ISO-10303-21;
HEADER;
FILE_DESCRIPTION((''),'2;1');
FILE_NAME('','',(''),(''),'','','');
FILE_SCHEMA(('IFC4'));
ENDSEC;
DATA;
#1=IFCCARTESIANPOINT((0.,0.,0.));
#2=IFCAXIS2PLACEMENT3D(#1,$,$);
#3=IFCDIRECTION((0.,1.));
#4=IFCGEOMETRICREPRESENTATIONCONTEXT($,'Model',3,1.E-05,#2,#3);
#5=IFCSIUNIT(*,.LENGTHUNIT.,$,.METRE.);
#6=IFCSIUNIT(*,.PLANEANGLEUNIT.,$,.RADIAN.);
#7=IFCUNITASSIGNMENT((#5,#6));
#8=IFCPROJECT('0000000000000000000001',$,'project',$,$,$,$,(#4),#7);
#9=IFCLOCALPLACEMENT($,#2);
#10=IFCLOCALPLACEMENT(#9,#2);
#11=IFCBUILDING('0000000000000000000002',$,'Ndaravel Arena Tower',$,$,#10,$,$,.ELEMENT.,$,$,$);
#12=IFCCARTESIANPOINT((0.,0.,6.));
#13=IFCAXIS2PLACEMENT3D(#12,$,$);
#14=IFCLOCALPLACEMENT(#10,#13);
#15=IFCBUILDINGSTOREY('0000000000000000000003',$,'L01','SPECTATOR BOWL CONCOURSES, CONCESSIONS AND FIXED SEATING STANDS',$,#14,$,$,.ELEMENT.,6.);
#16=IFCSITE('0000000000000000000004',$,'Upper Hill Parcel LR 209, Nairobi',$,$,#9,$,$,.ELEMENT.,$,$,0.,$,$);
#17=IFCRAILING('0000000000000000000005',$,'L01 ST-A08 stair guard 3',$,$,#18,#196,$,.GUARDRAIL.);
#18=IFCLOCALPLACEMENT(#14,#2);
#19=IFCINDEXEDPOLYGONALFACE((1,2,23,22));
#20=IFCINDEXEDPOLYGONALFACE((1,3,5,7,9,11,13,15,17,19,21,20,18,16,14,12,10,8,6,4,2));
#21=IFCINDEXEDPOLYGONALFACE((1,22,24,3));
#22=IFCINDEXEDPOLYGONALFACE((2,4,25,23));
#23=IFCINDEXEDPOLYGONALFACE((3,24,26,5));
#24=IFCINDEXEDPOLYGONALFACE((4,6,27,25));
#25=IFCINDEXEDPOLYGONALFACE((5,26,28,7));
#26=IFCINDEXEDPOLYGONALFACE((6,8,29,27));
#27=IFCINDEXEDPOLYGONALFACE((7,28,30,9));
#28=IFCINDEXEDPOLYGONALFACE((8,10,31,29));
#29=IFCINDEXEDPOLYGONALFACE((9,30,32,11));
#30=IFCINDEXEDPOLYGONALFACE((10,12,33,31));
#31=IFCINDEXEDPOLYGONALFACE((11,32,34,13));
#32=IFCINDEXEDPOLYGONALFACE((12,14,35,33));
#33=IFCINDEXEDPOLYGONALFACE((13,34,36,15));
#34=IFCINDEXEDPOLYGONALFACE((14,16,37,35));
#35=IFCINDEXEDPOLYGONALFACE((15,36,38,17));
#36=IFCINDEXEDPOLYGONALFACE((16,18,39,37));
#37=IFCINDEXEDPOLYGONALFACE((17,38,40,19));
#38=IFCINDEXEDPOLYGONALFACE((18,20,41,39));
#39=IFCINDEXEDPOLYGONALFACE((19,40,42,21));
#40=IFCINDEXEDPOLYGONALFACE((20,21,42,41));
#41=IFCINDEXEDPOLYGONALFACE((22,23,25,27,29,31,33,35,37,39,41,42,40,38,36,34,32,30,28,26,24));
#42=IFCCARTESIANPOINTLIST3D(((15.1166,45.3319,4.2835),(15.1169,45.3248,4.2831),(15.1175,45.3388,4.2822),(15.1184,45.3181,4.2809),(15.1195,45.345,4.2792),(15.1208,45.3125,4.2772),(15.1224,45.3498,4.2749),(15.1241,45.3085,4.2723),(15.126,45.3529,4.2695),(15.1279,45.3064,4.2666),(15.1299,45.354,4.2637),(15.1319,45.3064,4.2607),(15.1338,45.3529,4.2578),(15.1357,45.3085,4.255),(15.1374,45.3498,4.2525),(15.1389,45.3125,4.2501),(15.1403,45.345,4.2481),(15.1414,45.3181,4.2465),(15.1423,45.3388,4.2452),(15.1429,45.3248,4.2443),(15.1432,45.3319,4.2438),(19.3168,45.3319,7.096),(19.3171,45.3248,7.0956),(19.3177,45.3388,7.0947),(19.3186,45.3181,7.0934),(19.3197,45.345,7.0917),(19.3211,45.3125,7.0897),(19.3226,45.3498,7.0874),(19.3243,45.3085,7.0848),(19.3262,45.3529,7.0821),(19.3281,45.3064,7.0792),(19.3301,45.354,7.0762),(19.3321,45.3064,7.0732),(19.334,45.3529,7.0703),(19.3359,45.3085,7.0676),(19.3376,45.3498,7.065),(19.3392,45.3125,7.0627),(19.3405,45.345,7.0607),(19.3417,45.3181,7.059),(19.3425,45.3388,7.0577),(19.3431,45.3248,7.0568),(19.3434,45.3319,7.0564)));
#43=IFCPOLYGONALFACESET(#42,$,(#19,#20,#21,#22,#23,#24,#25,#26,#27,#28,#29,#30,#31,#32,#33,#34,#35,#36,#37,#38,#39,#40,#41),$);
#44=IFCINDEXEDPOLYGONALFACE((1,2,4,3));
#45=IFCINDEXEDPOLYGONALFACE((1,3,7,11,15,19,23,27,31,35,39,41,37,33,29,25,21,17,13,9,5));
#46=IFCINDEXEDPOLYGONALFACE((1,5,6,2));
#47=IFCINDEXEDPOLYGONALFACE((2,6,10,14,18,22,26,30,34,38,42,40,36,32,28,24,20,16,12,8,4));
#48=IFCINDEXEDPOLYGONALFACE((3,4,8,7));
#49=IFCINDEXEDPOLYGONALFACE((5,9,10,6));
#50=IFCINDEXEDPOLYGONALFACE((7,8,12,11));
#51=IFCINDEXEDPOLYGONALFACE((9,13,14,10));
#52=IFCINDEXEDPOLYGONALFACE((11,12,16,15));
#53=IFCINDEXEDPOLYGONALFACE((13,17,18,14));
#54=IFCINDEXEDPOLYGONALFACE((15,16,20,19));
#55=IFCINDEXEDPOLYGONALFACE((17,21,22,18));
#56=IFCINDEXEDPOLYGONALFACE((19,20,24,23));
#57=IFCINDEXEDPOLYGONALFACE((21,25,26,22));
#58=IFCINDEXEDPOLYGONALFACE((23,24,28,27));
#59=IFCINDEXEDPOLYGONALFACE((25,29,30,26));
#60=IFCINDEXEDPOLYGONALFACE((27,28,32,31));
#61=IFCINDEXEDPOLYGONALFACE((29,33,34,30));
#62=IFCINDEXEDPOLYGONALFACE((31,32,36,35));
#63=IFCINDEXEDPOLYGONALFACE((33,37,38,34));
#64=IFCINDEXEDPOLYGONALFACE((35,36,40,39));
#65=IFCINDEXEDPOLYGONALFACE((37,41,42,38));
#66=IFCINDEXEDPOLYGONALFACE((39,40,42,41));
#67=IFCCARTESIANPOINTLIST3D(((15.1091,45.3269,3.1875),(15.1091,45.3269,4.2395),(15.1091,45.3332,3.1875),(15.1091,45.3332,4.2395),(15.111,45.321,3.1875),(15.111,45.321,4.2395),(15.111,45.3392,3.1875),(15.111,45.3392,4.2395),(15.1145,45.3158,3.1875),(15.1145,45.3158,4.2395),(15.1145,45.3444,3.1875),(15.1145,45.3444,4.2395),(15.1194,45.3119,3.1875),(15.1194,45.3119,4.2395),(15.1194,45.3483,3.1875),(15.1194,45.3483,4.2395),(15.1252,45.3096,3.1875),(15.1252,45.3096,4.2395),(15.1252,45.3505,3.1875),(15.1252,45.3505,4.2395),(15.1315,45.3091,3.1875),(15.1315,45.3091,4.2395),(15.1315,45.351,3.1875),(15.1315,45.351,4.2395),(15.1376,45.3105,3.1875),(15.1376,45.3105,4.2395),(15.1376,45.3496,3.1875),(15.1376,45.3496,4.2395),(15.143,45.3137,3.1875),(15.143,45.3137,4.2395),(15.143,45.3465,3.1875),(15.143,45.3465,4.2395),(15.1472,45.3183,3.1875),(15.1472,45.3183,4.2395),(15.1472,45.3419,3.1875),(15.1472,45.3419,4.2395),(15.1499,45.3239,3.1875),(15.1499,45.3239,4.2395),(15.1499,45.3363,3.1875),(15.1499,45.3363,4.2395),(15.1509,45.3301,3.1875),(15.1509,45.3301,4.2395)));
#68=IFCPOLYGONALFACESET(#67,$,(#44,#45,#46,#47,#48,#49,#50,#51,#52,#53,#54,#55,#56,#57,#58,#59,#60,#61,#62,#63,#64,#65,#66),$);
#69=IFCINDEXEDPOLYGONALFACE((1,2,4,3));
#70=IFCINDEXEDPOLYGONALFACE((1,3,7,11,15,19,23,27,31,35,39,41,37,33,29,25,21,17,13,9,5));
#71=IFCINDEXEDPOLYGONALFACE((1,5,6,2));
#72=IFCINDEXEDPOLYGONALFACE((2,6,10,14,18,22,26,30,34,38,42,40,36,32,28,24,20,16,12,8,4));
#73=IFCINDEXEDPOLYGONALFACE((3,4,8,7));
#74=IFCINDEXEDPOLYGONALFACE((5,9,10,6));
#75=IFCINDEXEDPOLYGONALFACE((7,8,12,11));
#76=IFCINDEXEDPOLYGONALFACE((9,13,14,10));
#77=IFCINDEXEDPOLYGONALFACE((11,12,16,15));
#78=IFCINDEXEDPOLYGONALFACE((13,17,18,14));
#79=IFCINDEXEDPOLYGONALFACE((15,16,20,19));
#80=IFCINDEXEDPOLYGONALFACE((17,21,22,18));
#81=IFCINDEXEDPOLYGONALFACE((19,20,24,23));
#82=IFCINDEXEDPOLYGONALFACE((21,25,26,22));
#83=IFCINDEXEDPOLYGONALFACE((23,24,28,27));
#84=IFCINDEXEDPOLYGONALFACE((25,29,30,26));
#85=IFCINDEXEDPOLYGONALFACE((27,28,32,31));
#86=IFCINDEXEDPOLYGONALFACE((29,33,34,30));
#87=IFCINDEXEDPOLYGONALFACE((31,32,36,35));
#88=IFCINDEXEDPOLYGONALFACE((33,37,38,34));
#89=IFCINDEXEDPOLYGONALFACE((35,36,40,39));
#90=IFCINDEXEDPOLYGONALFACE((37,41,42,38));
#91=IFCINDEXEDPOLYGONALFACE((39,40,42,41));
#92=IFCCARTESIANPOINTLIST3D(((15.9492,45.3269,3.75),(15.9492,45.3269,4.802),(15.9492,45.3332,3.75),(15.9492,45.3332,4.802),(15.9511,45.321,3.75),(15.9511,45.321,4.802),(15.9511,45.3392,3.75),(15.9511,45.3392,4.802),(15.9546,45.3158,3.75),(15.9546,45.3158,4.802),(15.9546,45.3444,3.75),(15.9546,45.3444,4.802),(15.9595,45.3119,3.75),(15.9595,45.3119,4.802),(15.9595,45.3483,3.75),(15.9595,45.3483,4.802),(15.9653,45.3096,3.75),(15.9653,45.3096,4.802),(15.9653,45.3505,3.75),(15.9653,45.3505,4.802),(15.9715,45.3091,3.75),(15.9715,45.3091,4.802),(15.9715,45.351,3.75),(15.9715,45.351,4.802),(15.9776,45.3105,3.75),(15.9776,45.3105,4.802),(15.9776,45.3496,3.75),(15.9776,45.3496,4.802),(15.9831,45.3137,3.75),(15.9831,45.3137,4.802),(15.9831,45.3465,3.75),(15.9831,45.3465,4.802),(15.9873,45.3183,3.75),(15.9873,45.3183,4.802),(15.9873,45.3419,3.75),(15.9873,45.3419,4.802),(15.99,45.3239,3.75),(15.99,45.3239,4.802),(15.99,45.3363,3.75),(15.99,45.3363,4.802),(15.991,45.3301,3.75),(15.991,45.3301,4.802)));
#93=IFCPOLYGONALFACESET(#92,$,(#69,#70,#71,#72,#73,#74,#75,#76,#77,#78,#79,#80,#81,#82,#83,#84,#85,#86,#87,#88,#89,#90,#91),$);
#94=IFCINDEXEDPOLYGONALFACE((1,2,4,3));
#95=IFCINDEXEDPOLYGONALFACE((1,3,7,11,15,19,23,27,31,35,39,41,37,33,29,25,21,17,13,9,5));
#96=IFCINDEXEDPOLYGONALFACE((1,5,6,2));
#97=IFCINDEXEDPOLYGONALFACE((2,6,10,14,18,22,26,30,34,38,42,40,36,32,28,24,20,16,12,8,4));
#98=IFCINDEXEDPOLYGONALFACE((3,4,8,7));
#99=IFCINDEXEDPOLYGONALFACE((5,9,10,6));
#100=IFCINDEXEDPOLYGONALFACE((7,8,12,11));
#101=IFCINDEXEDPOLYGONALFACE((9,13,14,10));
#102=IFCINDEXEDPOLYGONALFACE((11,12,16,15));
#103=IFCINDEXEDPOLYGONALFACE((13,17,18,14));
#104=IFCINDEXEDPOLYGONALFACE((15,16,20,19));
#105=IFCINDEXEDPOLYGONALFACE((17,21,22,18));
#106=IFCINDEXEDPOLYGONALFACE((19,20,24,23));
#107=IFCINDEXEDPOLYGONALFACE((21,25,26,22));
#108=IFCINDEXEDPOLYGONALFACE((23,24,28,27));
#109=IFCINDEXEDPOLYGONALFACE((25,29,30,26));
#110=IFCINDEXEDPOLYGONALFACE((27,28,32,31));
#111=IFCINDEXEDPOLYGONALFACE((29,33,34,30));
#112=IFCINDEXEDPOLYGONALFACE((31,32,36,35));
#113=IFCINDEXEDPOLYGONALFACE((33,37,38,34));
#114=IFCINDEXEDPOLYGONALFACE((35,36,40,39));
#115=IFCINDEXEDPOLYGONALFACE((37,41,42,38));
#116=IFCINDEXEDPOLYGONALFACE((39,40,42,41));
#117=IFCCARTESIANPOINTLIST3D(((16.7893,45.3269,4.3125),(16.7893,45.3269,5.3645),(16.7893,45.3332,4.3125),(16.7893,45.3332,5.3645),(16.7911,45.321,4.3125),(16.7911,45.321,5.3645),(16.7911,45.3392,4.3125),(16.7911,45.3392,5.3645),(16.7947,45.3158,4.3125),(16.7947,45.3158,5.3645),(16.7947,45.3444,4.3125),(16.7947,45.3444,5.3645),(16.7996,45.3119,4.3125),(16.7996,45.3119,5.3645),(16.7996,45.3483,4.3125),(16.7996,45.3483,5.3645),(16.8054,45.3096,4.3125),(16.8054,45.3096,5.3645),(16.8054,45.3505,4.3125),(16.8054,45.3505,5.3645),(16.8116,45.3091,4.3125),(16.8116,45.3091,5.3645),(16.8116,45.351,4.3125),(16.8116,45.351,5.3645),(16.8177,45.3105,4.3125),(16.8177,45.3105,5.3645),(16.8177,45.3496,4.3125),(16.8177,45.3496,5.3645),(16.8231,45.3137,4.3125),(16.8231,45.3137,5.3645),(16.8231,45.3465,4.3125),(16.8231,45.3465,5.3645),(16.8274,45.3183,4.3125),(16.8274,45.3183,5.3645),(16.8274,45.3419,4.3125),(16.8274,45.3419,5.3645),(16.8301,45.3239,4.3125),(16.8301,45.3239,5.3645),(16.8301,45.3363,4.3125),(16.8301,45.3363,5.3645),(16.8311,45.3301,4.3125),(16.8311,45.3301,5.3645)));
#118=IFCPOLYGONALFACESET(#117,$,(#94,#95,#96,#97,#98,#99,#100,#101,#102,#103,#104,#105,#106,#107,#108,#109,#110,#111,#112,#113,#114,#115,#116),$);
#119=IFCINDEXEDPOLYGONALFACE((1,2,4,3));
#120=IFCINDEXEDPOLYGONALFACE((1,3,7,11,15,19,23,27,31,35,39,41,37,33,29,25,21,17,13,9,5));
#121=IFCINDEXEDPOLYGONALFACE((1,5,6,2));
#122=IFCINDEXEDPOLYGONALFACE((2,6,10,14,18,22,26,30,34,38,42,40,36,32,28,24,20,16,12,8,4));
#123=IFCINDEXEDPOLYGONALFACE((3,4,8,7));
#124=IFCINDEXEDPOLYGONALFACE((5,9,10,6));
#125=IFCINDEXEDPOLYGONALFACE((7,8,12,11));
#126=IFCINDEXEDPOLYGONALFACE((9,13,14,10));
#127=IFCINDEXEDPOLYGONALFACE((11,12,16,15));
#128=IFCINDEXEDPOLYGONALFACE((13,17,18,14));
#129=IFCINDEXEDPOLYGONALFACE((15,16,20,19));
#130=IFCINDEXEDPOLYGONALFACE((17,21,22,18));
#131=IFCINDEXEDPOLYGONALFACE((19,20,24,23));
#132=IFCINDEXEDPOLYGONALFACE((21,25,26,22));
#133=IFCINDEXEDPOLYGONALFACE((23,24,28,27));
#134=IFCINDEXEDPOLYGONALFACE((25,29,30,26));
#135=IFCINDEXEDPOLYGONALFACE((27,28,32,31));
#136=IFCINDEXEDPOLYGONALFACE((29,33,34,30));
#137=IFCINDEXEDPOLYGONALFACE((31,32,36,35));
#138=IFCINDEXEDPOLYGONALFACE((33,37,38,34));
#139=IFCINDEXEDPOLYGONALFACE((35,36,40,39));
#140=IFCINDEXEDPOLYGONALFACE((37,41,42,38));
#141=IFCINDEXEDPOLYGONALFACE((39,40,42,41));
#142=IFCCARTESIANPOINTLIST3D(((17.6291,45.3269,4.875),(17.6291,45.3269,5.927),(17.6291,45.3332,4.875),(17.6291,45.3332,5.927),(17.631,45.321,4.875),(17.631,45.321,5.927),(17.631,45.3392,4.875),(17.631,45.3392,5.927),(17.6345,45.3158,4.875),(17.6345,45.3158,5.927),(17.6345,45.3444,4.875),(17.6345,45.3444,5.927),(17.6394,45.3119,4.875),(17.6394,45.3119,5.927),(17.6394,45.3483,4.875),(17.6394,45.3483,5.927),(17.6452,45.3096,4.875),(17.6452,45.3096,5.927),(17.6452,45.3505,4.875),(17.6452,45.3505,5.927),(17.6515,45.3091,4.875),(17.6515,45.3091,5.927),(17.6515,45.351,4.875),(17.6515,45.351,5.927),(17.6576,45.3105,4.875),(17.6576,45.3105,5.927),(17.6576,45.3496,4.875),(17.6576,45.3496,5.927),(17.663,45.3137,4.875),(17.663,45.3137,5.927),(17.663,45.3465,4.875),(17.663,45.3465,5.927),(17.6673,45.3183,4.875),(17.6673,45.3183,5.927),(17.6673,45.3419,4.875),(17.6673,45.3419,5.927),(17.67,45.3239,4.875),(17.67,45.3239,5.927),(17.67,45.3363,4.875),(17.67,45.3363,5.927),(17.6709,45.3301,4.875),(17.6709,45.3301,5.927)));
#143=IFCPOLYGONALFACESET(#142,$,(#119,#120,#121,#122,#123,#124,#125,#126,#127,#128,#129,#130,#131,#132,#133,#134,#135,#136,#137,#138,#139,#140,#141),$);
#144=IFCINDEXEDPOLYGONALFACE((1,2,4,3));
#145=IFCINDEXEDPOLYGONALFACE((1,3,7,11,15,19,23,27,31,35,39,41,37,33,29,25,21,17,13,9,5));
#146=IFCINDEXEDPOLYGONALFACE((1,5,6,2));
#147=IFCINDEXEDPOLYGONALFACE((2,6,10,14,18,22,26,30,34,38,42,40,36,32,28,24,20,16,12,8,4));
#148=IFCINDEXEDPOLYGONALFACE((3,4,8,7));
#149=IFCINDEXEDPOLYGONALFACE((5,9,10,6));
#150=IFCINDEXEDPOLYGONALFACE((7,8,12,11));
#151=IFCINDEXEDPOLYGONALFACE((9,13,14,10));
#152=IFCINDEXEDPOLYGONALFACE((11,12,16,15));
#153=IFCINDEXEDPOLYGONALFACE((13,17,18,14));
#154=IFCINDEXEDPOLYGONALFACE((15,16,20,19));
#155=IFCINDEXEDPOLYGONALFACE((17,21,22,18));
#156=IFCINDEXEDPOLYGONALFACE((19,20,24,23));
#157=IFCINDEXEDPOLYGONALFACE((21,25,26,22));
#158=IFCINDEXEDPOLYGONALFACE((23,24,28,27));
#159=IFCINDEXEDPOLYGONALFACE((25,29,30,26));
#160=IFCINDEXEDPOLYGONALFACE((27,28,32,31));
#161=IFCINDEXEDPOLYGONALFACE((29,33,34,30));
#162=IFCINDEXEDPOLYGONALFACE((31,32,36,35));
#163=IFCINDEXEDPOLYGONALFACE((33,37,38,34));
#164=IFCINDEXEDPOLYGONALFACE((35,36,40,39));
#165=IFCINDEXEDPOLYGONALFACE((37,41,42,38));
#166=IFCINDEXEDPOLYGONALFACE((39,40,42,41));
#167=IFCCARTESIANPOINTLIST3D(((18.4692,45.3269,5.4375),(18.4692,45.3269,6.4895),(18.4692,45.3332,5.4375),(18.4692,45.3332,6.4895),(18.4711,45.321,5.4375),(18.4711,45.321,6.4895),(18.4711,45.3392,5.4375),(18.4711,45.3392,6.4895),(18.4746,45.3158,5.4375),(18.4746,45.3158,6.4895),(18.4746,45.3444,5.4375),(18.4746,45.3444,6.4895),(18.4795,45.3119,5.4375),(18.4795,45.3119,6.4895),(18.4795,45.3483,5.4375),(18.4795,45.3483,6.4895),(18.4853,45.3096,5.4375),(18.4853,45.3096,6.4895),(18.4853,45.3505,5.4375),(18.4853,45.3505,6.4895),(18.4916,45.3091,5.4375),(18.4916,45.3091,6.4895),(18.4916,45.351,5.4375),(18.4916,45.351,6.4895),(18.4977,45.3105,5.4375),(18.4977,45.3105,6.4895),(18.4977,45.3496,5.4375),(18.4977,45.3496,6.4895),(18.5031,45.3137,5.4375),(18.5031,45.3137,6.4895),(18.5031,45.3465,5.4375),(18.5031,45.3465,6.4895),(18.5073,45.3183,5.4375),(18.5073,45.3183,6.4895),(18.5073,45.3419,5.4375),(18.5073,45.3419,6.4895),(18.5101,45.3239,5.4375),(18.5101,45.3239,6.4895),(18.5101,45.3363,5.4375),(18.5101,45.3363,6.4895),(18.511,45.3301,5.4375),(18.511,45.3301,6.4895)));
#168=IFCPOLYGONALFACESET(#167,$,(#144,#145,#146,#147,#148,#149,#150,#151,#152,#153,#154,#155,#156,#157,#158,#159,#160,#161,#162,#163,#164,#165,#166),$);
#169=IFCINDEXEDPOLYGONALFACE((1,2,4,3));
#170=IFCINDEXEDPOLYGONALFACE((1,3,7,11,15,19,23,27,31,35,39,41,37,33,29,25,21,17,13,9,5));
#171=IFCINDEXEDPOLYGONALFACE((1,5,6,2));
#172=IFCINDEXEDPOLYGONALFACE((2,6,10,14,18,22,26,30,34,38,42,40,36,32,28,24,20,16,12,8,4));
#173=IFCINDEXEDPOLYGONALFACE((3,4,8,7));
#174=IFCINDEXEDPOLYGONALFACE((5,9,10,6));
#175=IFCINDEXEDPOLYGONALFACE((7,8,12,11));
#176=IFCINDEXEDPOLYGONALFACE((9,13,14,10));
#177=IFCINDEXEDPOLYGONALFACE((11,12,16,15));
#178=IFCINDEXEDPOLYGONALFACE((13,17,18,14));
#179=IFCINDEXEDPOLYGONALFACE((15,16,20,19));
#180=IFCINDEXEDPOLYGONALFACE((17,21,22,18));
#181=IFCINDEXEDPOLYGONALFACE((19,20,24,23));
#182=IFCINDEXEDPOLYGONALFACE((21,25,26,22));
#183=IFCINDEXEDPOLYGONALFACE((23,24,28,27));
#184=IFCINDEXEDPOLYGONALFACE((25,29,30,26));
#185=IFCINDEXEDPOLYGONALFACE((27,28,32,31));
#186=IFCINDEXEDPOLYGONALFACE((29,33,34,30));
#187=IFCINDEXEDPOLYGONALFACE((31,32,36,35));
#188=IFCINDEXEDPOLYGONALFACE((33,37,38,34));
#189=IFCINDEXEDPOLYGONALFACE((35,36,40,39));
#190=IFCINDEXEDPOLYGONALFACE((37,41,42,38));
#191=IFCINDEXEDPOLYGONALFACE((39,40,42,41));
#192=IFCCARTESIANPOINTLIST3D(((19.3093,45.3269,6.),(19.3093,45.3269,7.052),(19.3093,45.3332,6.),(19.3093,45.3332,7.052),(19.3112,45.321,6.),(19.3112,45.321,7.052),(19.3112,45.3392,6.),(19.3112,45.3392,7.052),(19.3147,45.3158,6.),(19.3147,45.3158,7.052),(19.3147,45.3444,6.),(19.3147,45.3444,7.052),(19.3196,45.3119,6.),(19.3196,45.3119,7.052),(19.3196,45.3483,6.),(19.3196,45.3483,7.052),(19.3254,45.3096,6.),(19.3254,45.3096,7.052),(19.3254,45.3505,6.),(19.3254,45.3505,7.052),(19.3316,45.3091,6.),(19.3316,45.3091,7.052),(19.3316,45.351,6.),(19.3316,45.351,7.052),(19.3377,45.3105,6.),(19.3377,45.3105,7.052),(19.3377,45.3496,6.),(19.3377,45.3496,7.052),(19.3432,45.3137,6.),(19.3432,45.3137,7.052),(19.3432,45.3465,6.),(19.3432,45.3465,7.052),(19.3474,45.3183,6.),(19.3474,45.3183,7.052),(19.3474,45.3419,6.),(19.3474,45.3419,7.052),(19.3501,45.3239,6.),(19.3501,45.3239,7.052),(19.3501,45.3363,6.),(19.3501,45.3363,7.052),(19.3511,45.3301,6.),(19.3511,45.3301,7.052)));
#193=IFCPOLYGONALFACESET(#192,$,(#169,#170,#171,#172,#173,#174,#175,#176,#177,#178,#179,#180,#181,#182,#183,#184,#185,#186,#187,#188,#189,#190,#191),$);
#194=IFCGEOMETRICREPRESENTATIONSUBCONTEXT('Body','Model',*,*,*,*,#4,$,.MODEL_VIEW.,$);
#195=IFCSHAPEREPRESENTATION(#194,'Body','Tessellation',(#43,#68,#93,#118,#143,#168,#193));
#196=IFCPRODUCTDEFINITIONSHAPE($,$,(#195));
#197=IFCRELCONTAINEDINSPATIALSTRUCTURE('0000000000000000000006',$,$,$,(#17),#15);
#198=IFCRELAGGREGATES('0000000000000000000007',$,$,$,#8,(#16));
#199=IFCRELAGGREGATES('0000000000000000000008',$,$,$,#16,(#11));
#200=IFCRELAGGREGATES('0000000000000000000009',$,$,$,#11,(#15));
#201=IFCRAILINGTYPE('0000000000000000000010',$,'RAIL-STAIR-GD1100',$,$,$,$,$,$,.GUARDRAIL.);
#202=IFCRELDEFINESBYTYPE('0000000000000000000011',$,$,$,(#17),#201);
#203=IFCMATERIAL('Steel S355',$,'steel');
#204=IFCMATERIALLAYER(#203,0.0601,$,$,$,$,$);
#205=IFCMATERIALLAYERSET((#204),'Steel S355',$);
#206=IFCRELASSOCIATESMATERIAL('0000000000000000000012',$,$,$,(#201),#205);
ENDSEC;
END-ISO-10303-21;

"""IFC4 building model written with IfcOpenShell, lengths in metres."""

from ifc_helpers import new_model, si_unit, direction, frame, origin, origin_2d, place, context, subcontext, project, spatial, circle, extrude, material, layer, layer_set, type_object, element, save


model = new_model("IFC4")

# Units and contexts
model_context = context("Model", 3, precision=1e-05, world=origin(), true_north=direction((0.0, 1.0)))
body_context = subcontext(model_context, "Body", "Model", "MODEL_VIEW")
ifc_project = project(units=[si_unit("LENGTHUNIT", "METRE"), si_unit("PLANEANGLEUNIT", "RADIAN")], contexts=[model_context])

# Site, building, storey
site_placement = place(None, origin())
site = spatial("IfcSite", under=ifc_project, at=site_placement, Name="Upper Hill Parcel LR 209, Nairobi", CompositionType="ELEMENT", RefElevation=0.0)
building_placement = place(site_placement, origin())
building = spatial("IfcBuilding", under=site, at=building_placement, Name="Ndaravel Arena Tower", CompositionType="ELEMENT")
storey_placement = place(building_placement, frame((0.0, 0.0, 6.0)))
storey = spatial("IfcBuildingStorey", under=building, at=storey_placement, Name="L01", Description="SPECTATOR BOWL CONCOURSES, CONCESSIONS AND FIXED SEATING STANDS", CompositionType="ELEMENT", Elevation=6.0)

# Railing
ifc_material_1 = material(Name="Steel S355", Category="steel")
ifc_layer_1 = layer(ifc_material_1, 0.0601)
ifc_layer_set_1 = layer_set([ifc_layer_1], Name="Steel S355")
railing_type_1 = type_object("IfcRailingType", Name="RAIL-STAIR-GD1100", PredefinedType="GUARDRAIL", material=ifc_layer_set_1)
railing_1_placement = place(storey_placement, frame((15.1299, 45.3301, 3.1875)))
element("IfcRailing", 1, at=railing_1_placement, inside=storey, type_object=railing_type_1, Name="L01 ST-A08 stair guard 3", PredefinedType="GUARDRAIL", context=body_context, shape_type="SweptSolid", body=[
    extrude(circle(Radius=0.0239, at=origin_2d()), frame((0.0, 0.0, 1.0762), z_axis=(0.830919, 0.0, 0.556393), x_axis=(0.0, 1.0, 0.0)), (0.0, 0.0, 1.0), 5.0549),
    extrude(circle(Radius=0.021, at=origin_2d()), origin(), (0.0, 0.0, 1.0), 1.052),
    extrude(circle(Radius=0.021, at=origin_2d()), frame((0.8401, 0.0, 0.5625)), (0.0, 0.0, 1.0), 1.052),
    extrude(circle(Radius=0.021, at=origin_2d()), frame((1.6802, 0.0, 1.125)), (0.0, 0.0, 1.0), 1.052),
    extrude(circle(Radius=0.021, at=origin_2d()), frame((2.52, 0.0, 1.6875)), (0.0, 0.0, 1.0), 1.052),
    extrude(circle(Radius=0.021, at=origin_2d()), frame((3.3601, 0.0, 2.25)), (0.0, 0.0, 1.0), 1.052),
    extrude(circle(Radius=0.021, at=origin_2d()), frame((4.2002, 0.0, 2.8125)), (0.0, 0.0, 1.0), 1.052),
])

save(model, "model.ifc")
